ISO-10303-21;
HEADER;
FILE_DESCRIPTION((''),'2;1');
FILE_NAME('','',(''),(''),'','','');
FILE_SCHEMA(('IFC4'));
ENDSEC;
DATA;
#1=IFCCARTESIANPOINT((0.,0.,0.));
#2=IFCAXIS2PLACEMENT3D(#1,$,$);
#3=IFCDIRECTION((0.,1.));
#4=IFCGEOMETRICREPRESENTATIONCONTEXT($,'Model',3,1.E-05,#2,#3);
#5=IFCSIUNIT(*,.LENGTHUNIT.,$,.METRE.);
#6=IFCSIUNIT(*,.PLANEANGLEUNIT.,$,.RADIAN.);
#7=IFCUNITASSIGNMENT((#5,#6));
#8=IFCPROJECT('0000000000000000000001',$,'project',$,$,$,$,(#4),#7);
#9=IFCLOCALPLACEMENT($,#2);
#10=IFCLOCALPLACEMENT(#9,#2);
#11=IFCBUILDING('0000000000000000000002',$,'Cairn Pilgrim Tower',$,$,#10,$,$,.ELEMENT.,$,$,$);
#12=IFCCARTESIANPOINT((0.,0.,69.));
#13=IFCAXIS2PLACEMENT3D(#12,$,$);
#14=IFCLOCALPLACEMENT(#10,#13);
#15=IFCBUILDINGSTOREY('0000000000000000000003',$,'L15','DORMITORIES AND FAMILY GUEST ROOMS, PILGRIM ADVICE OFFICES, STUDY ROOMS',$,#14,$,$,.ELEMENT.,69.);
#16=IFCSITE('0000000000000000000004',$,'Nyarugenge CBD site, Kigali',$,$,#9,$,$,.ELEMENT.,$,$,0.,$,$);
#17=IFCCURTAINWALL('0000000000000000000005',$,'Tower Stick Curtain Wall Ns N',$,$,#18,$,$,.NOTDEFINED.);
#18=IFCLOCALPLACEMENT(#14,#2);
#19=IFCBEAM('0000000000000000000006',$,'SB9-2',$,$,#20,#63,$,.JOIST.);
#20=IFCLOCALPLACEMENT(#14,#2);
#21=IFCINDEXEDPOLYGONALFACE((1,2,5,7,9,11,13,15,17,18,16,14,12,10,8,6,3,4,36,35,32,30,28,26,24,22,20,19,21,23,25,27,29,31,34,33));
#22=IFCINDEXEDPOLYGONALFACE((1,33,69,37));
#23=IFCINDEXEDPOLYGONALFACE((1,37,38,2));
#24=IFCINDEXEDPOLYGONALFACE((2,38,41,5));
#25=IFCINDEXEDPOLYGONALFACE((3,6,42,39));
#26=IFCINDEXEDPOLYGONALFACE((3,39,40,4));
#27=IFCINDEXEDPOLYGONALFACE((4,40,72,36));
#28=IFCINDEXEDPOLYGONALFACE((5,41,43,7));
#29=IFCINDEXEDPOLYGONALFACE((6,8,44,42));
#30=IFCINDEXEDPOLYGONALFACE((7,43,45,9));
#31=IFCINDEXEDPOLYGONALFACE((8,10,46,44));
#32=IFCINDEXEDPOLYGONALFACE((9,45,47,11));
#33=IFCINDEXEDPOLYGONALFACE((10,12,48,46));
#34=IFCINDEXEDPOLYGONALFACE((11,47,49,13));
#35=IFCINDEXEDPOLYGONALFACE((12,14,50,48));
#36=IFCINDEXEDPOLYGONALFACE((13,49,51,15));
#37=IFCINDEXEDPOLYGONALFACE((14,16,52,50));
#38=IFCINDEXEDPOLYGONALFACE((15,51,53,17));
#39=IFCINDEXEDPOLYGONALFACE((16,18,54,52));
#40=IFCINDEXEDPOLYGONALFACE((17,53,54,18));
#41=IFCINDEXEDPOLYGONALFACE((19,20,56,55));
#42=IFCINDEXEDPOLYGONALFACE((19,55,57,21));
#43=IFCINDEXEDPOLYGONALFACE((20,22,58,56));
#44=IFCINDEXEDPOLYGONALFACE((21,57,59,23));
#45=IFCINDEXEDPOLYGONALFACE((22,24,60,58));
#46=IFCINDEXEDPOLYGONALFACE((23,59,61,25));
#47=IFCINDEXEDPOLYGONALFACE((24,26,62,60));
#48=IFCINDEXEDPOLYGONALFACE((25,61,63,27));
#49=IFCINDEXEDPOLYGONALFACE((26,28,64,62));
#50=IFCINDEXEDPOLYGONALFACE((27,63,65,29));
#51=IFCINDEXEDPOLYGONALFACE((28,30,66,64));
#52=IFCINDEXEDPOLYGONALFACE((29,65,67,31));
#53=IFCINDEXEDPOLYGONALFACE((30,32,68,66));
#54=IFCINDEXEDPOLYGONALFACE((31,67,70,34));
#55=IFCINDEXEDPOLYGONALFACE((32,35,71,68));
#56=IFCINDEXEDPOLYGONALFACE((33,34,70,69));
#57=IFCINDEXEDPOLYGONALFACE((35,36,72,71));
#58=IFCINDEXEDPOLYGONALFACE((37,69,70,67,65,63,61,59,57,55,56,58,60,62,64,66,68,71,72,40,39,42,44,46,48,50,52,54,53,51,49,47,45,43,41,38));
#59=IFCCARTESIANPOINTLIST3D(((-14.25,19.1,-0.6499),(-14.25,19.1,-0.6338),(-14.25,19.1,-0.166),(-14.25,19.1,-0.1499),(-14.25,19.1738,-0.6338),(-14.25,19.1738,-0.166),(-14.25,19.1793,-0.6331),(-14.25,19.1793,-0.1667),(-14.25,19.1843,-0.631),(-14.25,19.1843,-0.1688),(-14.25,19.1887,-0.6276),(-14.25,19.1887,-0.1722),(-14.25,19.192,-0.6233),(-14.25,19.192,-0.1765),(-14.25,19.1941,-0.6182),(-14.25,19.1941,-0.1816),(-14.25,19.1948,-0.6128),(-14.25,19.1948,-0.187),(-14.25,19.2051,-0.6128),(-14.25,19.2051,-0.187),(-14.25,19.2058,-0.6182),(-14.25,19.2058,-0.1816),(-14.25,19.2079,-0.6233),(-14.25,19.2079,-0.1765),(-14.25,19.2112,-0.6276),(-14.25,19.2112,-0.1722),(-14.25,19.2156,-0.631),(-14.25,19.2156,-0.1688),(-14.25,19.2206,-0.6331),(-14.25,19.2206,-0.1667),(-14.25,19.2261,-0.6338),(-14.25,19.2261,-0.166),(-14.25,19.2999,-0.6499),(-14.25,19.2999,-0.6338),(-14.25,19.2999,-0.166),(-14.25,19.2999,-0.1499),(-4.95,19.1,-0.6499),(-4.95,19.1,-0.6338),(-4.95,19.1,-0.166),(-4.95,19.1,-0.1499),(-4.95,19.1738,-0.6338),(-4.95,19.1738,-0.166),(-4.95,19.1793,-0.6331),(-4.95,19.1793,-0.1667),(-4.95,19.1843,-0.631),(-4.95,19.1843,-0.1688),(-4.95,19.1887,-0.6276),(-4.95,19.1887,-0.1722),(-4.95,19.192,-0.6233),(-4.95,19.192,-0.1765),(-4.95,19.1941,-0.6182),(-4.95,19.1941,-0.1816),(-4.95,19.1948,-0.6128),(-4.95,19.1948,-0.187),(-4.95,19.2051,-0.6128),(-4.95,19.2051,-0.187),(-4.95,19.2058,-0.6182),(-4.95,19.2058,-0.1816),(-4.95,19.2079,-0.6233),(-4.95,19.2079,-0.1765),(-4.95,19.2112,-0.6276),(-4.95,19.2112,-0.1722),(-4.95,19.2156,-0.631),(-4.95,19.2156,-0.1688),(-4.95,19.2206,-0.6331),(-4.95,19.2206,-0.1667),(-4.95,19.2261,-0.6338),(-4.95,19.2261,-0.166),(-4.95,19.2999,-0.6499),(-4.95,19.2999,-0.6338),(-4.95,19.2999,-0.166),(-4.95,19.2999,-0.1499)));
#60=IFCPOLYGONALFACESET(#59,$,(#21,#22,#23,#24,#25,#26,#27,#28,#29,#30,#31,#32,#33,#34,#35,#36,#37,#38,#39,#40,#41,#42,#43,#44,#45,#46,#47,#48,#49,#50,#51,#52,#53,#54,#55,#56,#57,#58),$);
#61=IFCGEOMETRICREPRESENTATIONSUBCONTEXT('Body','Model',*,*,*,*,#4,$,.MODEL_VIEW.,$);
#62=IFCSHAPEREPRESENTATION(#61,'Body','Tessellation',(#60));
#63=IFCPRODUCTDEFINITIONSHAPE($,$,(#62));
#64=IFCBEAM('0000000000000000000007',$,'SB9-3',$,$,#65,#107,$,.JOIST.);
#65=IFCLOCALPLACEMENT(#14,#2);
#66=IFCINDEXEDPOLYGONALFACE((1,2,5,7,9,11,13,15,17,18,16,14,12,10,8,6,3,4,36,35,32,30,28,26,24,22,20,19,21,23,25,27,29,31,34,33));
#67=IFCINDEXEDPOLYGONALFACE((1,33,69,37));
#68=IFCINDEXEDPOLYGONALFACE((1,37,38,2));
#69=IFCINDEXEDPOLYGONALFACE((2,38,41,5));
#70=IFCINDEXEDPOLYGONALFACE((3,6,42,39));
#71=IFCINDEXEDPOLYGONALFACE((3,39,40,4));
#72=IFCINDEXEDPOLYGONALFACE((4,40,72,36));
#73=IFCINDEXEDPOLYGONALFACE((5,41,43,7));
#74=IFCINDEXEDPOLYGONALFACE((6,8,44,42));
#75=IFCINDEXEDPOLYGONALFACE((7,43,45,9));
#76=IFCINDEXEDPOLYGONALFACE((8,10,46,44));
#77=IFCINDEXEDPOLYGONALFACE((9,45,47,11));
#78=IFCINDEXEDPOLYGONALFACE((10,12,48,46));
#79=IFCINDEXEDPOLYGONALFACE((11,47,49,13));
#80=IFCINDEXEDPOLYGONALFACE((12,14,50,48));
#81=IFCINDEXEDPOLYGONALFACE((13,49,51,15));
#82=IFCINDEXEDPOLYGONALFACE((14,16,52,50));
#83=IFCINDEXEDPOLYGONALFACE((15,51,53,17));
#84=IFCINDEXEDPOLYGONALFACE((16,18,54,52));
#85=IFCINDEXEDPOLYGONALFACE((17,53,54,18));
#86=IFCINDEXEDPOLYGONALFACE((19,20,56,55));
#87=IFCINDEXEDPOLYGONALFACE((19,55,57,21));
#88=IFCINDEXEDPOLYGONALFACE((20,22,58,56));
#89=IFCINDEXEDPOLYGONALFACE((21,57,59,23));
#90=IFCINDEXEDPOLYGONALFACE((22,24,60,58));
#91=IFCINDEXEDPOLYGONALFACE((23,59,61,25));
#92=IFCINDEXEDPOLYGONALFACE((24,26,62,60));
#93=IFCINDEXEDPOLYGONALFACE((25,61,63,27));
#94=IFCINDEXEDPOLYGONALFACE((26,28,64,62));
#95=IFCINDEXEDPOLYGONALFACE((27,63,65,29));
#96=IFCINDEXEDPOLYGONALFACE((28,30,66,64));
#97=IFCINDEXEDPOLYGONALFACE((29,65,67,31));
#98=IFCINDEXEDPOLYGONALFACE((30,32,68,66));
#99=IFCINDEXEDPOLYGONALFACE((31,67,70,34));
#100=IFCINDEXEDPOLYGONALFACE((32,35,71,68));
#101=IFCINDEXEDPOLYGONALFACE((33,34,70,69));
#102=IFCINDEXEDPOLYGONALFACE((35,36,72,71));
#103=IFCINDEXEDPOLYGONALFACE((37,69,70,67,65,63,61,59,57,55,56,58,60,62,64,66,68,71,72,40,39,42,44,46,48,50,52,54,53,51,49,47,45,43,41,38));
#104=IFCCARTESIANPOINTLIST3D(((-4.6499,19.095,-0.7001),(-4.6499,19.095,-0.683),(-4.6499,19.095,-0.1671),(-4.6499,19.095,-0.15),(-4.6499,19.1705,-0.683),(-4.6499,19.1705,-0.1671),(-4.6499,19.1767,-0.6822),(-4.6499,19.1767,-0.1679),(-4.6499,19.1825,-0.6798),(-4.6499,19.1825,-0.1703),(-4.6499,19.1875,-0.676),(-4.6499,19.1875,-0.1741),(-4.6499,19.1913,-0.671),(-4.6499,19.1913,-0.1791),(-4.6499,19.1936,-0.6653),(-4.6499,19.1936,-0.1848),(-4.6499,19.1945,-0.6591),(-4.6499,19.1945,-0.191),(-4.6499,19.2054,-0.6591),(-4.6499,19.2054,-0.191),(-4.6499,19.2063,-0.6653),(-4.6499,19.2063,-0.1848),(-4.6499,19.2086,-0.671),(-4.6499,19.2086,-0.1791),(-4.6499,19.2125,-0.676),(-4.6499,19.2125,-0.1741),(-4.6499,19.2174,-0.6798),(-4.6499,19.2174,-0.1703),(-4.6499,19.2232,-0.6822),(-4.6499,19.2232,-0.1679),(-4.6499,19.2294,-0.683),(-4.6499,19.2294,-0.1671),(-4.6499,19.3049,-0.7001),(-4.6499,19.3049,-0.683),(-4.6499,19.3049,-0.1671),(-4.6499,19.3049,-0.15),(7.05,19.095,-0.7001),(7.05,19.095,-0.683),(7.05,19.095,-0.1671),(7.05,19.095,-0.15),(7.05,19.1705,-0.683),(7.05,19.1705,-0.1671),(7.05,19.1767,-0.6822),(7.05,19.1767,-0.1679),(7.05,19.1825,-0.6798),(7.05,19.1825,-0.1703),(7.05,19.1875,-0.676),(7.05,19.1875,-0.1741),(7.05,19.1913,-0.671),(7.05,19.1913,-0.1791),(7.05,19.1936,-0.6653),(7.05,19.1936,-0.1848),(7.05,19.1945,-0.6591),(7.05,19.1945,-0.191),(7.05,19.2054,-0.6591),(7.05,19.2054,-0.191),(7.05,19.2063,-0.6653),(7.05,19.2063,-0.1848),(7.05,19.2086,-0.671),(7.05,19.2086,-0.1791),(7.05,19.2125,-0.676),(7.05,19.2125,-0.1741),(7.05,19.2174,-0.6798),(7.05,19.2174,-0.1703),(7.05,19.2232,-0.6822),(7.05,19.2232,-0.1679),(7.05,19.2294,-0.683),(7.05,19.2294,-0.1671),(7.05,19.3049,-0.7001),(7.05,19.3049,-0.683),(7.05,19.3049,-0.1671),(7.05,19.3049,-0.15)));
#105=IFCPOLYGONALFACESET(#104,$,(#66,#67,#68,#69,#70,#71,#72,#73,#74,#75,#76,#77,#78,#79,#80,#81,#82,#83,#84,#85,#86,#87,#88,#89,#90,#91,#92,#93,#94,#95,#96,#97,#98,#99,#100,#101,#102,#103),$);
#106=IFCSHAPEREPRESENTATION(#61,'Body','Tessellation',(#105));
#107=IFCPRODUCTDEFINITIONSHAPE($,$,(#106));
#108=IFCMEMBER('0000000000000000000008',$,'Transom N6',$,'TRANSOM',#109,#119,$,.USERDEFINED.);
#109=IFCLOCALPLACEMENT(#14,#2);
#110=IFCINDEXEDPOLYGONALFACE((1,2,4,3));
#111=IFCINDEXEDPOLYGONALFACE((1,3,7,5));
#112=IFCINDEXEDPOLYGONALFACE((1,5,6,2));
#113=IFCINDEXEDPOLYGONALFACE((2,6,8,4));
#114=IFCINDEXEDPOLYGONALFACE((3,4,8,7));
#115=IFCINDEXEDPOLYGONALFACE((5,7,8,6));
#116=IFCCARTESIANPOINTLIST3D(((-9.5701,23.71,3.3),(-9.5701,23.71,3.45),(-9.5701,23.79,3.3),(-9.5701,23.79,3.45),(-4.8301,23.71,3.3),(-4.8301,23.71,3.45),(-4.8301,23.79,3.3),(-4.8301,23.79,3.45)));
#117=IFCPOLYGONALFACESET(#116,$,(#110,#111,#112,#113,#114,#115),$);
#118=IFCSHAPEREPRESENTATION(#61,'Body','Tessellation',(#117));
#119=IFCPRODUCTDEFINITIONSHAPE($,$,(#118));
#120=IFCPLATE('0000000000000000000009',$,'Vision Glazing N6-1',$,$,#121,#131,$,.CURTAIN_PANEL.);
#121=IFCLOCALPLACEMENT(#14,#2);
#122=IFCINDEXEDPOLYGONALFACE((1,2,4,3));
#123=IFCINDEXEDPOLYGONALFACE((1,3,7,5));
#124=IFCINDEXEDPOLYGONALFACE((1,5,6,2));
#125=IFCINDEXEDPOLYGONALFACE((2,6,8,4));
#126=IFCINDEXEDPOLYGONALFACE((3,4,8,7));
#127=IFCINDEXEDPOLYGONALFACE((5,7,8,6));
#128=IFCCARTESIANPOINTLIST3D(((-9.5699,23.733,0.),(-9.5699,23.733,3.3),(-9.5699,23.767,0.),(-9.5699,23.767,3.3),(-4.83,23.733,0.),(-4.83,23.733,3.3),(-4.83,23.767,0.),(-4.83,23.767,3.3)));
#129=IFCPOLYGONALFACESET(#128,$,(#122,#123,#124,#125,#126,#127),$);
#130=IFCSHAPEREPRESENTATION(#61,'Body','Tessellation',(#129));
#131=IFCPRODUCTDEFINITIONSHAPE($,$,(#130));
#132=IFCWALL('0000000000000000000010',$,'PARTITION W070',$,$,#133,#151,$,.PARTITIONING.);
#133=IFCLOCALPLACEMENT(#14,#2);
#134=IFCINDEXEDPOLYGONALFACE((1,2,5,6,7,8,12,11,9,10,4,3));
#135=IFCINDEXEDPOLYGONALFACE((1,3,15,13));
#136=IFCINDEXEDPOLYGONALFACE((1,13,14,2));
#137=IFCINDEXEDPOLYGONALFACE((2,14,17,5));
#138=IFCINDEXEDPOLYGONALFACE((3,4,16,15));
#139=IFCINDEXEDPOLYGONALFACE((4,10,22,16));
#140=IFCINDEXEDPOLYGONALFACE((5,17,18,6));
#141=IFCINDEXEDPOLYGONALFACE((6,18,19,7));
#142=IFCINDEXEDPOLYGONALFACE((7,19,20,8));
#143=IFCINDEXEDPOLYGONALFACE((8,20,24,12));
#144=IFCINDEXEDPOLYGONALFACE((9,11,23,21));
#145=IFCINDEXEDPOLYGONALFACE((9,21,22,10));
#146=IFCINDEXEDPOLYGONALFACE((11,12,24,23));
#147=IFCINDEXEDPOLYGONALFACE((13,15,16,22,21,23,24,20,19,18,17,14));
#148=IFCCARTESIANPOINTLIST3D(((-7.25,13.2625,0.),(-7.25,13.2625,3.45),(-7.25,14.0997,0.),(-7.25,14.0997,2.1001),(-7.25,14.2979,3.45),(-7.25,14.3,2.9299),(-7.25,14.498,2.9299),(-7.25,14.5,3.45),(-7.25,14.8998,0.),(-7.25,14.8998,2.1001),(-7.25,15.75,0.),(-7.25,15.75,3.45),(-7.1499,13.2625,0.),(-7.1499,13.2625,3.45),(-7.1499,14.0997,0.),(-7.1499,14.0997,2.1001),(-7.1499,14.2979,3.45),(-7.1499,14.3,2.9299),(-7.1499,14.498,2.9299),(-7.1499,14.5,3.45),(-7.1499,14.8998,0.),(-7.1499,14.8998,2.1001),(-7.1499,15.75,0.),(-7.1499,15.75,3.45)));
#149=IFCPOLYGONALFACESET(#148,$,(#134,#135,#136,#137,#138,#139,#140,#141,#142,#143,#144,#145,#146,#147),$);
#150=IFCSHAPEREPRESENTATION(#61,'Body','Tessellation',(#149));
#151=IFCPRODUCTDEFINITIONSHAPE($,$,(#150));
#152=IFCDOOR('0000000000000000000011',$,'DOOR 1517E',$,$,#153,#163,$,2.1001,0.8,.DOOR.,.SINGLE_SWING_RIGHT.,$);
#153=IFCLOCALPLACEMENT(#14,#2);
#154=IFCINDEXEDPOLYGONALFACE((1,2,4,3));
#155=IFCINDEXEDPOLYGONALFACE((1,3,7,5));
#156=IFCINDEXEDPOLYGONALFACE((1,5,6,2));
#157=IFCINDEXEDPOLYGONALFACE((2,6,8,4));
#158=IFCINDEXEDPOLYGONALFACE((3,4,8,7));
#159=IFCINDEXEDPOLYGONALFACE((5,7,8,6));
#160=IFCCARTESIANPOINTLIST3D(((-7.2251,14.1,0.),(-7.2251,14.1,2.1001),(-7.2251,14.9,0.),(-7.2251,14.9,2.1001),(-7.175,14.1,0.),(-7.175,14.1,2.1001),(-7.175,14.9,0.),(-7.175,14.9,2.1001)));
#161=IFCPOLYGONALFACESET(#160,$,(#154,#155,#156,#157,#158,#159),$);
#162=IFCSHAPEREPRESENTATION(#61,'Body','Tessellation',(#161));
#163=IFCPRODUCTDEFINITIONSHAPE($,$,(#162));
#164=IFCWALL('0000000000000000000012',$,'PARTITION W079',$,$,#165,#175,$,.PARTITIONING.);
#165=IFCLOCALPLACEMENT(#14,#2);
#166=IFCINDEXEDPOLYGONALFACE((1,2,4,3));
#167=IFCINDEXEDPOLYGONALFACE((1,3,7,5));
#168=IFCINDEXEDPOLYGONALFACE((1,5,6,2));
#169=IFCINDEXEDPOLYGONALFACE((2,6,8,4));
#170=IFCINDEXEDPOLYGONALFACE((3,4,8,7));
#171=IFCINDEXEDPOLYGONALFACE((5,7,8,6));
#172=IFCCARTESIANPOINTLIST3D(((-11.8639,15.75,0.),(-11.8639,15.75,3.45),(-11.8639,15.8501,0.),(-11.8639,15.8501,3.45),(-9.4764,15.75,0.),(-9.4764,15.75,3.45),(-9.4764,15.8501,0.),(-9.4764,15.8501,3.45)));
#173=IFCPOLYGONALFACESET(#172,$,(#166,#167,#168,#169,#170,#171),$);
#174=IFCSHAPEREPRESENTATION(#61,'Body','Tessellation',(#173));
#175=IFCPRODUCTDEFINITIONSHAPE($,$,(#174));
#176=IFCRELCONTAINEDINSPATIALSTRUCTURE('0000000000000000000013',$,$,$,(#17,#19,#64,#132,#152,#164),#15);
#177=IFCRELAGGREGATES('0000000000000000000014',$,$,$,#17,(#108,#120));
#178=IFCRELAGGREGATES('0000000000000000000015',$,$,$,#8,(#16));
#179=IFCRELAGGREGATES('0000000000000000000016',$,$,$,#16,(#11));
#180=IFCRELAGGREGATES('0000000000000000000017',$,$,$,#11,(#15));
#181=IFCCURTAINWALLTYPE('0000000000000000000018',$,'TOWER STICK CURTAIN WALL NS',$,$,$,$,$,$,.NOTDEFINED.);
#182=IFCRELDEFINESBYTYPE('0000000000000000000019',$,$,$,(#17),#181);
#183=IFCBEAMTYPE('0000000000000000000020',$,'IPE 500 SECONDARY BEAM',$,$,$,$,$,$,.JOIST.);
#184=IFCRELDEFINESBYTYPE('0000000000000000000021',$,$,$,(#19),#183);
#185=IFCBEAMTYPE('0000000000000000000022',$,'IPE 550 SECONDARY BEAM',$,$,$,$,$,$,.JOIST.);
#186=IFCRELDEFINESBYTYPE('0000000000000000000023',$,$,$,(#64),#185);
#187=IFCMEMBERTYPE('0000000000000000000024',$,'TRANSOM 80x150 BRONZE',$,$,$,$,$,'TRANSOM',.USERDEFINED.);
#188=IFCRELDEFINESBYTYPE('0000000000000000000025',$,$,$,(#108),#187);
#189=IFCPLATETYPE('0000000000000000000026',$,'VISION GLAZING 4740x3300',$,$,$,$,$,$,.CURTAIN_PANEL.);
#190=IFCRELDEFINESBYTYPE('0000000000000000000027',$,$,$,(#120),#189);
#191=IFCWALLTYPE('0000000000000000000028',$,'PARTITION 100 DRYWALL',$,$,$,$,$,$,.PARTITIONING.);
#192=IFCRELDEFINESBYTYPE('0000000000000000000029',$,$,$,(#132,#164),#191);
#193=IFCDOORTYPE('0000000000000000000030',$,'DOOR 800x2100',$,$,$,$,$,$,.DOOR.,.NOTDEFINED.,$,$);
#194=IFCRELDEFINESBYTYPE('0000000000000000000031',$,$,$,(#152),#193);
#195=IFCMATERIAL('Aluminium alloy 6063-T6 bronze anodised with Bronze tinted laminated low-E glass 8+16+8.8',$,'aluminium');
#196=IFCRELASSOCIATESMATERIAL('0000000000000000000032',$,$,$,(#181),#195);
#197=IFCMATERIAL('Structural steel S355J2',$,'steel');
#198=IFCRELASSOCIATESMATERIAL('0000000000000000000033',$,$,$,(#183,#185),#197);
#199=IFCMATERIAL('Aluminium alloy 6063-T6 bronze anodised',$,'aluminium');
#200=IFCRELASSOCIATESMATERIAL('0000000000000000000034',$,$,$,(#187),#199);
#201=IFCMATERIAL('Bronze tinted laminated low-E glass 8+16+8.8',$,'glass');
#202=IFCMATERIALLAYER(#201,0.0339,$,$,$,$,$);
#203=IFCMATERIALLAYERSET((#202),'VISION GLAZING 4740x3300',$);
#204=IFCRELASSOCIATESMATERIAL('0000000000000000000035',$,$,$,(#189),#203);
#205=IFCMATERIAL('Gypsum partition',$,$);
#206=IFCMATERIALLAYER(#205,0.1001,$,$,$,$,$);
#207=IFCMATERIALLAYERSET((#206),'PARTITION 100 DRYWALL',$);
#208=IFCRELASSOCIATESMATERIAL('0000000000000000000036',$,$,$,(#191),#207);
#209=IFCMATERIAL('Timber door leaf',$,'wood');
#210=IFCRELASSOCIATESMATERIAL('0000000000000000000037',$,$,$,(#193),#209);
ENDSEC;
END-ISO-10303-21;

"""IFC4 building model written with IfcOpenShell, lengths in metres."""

from ifc_helpers import new_model, si_unit, direction, frame, frame_2d, origin, origin_2d, place, context, subcontext, project, spatial, polyline, rectangle, i_section, outline, extrude, material, layer, layer_set, material_profile, profile_set, type_object, element, fill, aggregate, save


model = new_model("IFC4")

# Units and contexts
model_context = context("Model", 3, precision=1e-05, world=origin(), true_north=direction((0.0, 1.0)))
body_context = subcontext(model_context, "Body", "Model", "MODEL_VIEW")
ifc_project = project(units=[si_unit("LENGTHUNIT", "METRE"), si_unit("PLANEANGLEUNIT", "RADIAN")], contexts=[model_context])

# Site, building, storey
site_placement = place(None, origin())
site = spatial("IfcSite", under=ifc_project, at=site_placement, Name="Nyarugenge CBD site, Kigali", CompositionType="ELEMENT", RefElevation=0.0)
building_placement = place(site_placement, origin())
building = spatial("IfcBuilding", under=site, at=building_placement, Name="Cairn Pilgrim Tower", CompositionType="ELEMENT")
storey_placement = place(building_placement, frame((0.0, 0.0, 69.0)))
storey = spatial("IfcBuildingStorey", under=building, at=storey_placement, Name="L15", Description="DORMITORIES AND FAMILY GUEST ROOMS, PILGRIM ADVICE OFFICES, STUDY ROOMS", CompositionType="ELEMENT", Elevation=69.0)

# Curtain wall
ifc_material_1 = material(Name="Aluminium alloy 6063-T6 bronze anodised with Bronze tinted laminated low-E glass 8+16+8.8", Category="aluminium")
curtain_wall_type = type_object("IfcCurtainWallType", Name="TOWER STICK CURTAIN WALL NS", PredefinedType="NOTDEFINED", material=ifc_material_1)
curtain_wall_placement = place(storey_placement, origin())
curtain_wall = element("IfcCurtainWall", 1, at=curtain_wall_placement, inside=storey, type_object=curtain_wall_type, Name="Tower Stick Curtain Wall Ns N", PredefinedType="NOTDEFINED")
ifc_material_2 = material(Name="Aluminium alloy 6063-T6 bronze anodised", Category="aluminium")

# Beams
ifc_material_3 = material(Name="Structural steel S355J2", Category="steel")
ifc_material_profile_1 = material_profile(ifc_material_3, i_section(OverallWidth=0.2, OverallDepth=0.5, WebThickness=0.0103, FlangeThickness=0.0161, FilletRadius=0.021, at=origin_2d()), Name="IPE 500")
ifc_profile_set_1 = profile_set([ifc_material_profile_1], Name="Structural steel S355J2")
beam_type_1 = type_object("IfcBeamType", Name="IPE 500 SECONDARY BEAM", PredefinedType="JOIST", material=ifc_profile_set_1)
for number, where, z_axis, x_axis, name in (
    (2, (-14.25, 19.2, -0.3999), (1.0, 0.0, 0.0), (0.0, 1.0, 0.0), "SB9-2"),
):
    element("IfcBeam", number, at=place(storey_placement, frame(where, z_axis=z_axis, x_axis=x_axis)), inside=storey, type_object=beam_type_1, Name=name, PredefinedType="JOIST", context=body_context, shape_type="SweptSolid", body=[
        extrude(i_section(OverallWidth=0.2, OverallDepth=0.5, WebThickness=0.0103, FlangeThickness=0.0161, FilletRadius=0.021, at=origin_2d()), origin(), (0.0, 0.0, 1.0), 9.3),
    ])
ifc_material_profile_2 = material_profile(ifc_material_3, i_section(OverallWidth=0.21, OverallDepth=0.55, WebThickness=0.011, FlangeThickness=0.0171, FilletRadius=0.0239, at=origin_2d()), Name="IPE 550")
ifc_profile_set_2 = profile_set([ifc_material_profile_2], Name="Structural steel S355J2")
beam_type_2 = type_object("IfcBeamType", Name="IPE 550 SECONDARY BEAM", PredefinedType="JOIST", material=ifc_profile_set_2)
beam_1_placement = place(storey_placement, frame((-4.6499, 19.2, -0.425), z_axis=(1.0, 0.0, 0.0), x_axis=(0.0, 1.0, 0.0)))
element("IfcBeam", 3, at=beam_1_placement, inside=storey, type_object=beam_type_2, Name="SB9-3", PredefinedType="JOIST", context=body_context, shape_type="SweptSolid", body=[
    extrude(i_section(OverallWidth=0.21, OverallDepth=0.55, WebThickness=0.011, FlangeThickness=0.0171, FilletRadius=0.0239, at=origin_2d()), origin(), (0.0, 0.0, 1.0), 11.7),
])

# Member
ifc_material_profile_3 = material_profile(ifc_material_2, rectangle(XDim=0.0801, YDim=0.1499, at=origin_2d()), Name="TRANSOM 80x150 BRONZE")
ifc_profile_set_3 = profile_set([ifc_material_profile_3], Name="Aluminium alloy 6063-T6 bronze anodised")
member_type_1 = type_object("IfcMemberType", Name="TRANSOM 80x150 BRONZE", ElementType="TRANSOM", PredefinedType="USERDEFINED", material=ifc_profile_set_3)
member_1_placement = place(storey_placement, frame((-4.8301, 23.75, 3.375), z_axis=(-1.0, 0.0, 0.0), x_axis=(0.0, -1.0, 0.0)))
member_1 = element("IfcMember", 4, at=member_1_placement, type_object=member_type_1, Name="Transom N6", ObjectType="TRANSOM", PredefinedType="USERDEFINED", context=body_context, shape_type="SweptSolid", body=[
    extrude(rectangle(XDim=0.0801, YDim=0.1499, at=origin_2d()), origin(), (0.0, 0.0, 1.0), 4.74),
])

# Plate
ifc_material_4 = material(Name="Bronze tinted laminated low-E glass 8+16+8.8", Category="glass")
ifc_layer_1 = layer(ifc_material_4, 0.0339)
ifc_layer_set_1 = layer_set([ifc_layer_1], Name="VISION GLAZING 4740x3300")
plate_type = type_object("IfcPlateType", Name="VISION GLAZING 4740x3300", PredefinedType="CURTAIN_PANEL", material=ifc_layer_set_1)
plate_placement = place(storey_placement, frame((-7.2, 23.75, 0.0), z_axis=(0.0, 0.0, 1.0), x_axis=(-1.0, 0.0, 0.0)))
plate = element("IfcPlate", 5, at=plate_placement, type_object=plate_type, Name="Vision Glazing N6-1", PredefinedType="CURTAIN_PANEL", context=body_context, shape_type="SweptSolid", body=[
    extrude(rectangle(XDim=4.74, YDim=0.0339, at=origin_2d()), origin(), (0.0, 0.0, 1.0), 3.3),
])
aggregate(curtain_wall, [member_1, plate])

# Wall, opening, door
ifc_material_5 = material(Name="Gypsum partition")
ifc_layer_2 = layer(ifc_material_5, 0.1001)
ifc_layer_set_2 = layer_set([ifc_layer_2], Name="PARTITION 100 DRYWALL")
wall_type_1 = type_object("IfcWallType", Name="PARTITION 100 DRYWALL", PredefinedType="PARTITIONING", material=ifc_layer_set_2)
wall_1_placement = place(storey_placement, frame((-7.2, 13.2625, 0.0), z_axis=(0.0, 0.0, 1.0), x_axis=(0.0, 1.0, 0.0)))
wall_1 = element("IfcWall", 6, at=wall_1_placement, inside=storey, type_object=wall_type_1, Name="PARTITION W070", PredefinedType="PARTITIONING", context=body_context, shape_type="SweptSolid", body=[
    extrude(outline(polyline([(0.0, 0.0), (2.4875, 0.0), (2.4875, 3.45), (1.2375, 3.45), (1.2356, 2.9299), (1.0376, 2.9299), (1.0354, 3.45), (0.0, 3.45), (0.0, 0.0)])), frame((0.0, 0.05, 0.0), z_axis=(0.0, -1.0, 0.0), x_axis=(1.0, 0.0, 0.0)), (0.0, 0.0, 1.0), 0.1001),
])
opening_1_placement = place(wall_1_placement, frame((0.8374, 0.0, 0.0)))
opening_1 = element("IfcOpeningElement", 7, at=opening_1_placement, cuts=wall_1, PredefinedType="OPENING", context=body_context, shape_type="SweptSolid", body=[
    extrude(rectangle(XDim=0.8, YDim=2.1001, at=frame_2d((0.3999, 1.05))), frame((0.0, 0.0601, 0.0), z_axis=(0.0, -1.0, 0.0), x_axis=(1.0, 0.0, 0.0)), (0.0, 0.0, 1.0), 0.1201),
])
ifc_material_6 = material(Name="Timber door leaf", Category="wood")
door_type_1 = type_object("IfcDoorType", Name="DOOR 800x2100", OperationType="NOTDEFINED", PredefinedType="DOOR", material=ifc_material_6)
door_1_placement = place(opening_1_placement, frame((0.8, 0.0, 0.0), z_axis=(0.0, 0.0, 1.0), x_axis=(-1.0, 0.0, 0.0)))
door_1 = element("IfcDoor", 8, at=door_1_placement, inside=storey, type_object=door_type_1, Name="DOOR 1517E", OperationType="SINGLE_SWING_RIGHT", OverallHeight=2.1001, OverallWidth=0.8, PredefinedType="DOOR", context=body_context, shape_type="SweptSolid", body=[
    extrude(rectangle(XDim=0.8, YDim=2.1001, at=frame_2d((0.3999, 1.05))), frame((0.0, 0.0249, 0.0), z_axis=(0.0, -1.0, 0.0), x_axis=(1.0, 0.0, 0.0)), (0.0, 0.0, 1.0), 0.05),
])
fill(opening_1, door_1)

# Wall
wall_2_placement = place(storey_placement, frame((-11.864, 15.8, 0.0), z_axis=(0.0, 0.0, 1.0), x_axis=(1.0, 0.0, 0.0)))
element("IfcWall", 9, at=wall_2_placement, inside=storey, type_object=wall_type_1, Name="PARTITION W079", PredefinedType="PARTITIONING", context=body_context, shape_type="SweptSolid", body=[
    extrude(rectangle(XDim=2.3875, YDim=0.1001, at=frame_2d((1.1938, 0.0))), origin(), (0.0, 0.0, 1.0), 3.45),
])

save(model, "model.ifc")
